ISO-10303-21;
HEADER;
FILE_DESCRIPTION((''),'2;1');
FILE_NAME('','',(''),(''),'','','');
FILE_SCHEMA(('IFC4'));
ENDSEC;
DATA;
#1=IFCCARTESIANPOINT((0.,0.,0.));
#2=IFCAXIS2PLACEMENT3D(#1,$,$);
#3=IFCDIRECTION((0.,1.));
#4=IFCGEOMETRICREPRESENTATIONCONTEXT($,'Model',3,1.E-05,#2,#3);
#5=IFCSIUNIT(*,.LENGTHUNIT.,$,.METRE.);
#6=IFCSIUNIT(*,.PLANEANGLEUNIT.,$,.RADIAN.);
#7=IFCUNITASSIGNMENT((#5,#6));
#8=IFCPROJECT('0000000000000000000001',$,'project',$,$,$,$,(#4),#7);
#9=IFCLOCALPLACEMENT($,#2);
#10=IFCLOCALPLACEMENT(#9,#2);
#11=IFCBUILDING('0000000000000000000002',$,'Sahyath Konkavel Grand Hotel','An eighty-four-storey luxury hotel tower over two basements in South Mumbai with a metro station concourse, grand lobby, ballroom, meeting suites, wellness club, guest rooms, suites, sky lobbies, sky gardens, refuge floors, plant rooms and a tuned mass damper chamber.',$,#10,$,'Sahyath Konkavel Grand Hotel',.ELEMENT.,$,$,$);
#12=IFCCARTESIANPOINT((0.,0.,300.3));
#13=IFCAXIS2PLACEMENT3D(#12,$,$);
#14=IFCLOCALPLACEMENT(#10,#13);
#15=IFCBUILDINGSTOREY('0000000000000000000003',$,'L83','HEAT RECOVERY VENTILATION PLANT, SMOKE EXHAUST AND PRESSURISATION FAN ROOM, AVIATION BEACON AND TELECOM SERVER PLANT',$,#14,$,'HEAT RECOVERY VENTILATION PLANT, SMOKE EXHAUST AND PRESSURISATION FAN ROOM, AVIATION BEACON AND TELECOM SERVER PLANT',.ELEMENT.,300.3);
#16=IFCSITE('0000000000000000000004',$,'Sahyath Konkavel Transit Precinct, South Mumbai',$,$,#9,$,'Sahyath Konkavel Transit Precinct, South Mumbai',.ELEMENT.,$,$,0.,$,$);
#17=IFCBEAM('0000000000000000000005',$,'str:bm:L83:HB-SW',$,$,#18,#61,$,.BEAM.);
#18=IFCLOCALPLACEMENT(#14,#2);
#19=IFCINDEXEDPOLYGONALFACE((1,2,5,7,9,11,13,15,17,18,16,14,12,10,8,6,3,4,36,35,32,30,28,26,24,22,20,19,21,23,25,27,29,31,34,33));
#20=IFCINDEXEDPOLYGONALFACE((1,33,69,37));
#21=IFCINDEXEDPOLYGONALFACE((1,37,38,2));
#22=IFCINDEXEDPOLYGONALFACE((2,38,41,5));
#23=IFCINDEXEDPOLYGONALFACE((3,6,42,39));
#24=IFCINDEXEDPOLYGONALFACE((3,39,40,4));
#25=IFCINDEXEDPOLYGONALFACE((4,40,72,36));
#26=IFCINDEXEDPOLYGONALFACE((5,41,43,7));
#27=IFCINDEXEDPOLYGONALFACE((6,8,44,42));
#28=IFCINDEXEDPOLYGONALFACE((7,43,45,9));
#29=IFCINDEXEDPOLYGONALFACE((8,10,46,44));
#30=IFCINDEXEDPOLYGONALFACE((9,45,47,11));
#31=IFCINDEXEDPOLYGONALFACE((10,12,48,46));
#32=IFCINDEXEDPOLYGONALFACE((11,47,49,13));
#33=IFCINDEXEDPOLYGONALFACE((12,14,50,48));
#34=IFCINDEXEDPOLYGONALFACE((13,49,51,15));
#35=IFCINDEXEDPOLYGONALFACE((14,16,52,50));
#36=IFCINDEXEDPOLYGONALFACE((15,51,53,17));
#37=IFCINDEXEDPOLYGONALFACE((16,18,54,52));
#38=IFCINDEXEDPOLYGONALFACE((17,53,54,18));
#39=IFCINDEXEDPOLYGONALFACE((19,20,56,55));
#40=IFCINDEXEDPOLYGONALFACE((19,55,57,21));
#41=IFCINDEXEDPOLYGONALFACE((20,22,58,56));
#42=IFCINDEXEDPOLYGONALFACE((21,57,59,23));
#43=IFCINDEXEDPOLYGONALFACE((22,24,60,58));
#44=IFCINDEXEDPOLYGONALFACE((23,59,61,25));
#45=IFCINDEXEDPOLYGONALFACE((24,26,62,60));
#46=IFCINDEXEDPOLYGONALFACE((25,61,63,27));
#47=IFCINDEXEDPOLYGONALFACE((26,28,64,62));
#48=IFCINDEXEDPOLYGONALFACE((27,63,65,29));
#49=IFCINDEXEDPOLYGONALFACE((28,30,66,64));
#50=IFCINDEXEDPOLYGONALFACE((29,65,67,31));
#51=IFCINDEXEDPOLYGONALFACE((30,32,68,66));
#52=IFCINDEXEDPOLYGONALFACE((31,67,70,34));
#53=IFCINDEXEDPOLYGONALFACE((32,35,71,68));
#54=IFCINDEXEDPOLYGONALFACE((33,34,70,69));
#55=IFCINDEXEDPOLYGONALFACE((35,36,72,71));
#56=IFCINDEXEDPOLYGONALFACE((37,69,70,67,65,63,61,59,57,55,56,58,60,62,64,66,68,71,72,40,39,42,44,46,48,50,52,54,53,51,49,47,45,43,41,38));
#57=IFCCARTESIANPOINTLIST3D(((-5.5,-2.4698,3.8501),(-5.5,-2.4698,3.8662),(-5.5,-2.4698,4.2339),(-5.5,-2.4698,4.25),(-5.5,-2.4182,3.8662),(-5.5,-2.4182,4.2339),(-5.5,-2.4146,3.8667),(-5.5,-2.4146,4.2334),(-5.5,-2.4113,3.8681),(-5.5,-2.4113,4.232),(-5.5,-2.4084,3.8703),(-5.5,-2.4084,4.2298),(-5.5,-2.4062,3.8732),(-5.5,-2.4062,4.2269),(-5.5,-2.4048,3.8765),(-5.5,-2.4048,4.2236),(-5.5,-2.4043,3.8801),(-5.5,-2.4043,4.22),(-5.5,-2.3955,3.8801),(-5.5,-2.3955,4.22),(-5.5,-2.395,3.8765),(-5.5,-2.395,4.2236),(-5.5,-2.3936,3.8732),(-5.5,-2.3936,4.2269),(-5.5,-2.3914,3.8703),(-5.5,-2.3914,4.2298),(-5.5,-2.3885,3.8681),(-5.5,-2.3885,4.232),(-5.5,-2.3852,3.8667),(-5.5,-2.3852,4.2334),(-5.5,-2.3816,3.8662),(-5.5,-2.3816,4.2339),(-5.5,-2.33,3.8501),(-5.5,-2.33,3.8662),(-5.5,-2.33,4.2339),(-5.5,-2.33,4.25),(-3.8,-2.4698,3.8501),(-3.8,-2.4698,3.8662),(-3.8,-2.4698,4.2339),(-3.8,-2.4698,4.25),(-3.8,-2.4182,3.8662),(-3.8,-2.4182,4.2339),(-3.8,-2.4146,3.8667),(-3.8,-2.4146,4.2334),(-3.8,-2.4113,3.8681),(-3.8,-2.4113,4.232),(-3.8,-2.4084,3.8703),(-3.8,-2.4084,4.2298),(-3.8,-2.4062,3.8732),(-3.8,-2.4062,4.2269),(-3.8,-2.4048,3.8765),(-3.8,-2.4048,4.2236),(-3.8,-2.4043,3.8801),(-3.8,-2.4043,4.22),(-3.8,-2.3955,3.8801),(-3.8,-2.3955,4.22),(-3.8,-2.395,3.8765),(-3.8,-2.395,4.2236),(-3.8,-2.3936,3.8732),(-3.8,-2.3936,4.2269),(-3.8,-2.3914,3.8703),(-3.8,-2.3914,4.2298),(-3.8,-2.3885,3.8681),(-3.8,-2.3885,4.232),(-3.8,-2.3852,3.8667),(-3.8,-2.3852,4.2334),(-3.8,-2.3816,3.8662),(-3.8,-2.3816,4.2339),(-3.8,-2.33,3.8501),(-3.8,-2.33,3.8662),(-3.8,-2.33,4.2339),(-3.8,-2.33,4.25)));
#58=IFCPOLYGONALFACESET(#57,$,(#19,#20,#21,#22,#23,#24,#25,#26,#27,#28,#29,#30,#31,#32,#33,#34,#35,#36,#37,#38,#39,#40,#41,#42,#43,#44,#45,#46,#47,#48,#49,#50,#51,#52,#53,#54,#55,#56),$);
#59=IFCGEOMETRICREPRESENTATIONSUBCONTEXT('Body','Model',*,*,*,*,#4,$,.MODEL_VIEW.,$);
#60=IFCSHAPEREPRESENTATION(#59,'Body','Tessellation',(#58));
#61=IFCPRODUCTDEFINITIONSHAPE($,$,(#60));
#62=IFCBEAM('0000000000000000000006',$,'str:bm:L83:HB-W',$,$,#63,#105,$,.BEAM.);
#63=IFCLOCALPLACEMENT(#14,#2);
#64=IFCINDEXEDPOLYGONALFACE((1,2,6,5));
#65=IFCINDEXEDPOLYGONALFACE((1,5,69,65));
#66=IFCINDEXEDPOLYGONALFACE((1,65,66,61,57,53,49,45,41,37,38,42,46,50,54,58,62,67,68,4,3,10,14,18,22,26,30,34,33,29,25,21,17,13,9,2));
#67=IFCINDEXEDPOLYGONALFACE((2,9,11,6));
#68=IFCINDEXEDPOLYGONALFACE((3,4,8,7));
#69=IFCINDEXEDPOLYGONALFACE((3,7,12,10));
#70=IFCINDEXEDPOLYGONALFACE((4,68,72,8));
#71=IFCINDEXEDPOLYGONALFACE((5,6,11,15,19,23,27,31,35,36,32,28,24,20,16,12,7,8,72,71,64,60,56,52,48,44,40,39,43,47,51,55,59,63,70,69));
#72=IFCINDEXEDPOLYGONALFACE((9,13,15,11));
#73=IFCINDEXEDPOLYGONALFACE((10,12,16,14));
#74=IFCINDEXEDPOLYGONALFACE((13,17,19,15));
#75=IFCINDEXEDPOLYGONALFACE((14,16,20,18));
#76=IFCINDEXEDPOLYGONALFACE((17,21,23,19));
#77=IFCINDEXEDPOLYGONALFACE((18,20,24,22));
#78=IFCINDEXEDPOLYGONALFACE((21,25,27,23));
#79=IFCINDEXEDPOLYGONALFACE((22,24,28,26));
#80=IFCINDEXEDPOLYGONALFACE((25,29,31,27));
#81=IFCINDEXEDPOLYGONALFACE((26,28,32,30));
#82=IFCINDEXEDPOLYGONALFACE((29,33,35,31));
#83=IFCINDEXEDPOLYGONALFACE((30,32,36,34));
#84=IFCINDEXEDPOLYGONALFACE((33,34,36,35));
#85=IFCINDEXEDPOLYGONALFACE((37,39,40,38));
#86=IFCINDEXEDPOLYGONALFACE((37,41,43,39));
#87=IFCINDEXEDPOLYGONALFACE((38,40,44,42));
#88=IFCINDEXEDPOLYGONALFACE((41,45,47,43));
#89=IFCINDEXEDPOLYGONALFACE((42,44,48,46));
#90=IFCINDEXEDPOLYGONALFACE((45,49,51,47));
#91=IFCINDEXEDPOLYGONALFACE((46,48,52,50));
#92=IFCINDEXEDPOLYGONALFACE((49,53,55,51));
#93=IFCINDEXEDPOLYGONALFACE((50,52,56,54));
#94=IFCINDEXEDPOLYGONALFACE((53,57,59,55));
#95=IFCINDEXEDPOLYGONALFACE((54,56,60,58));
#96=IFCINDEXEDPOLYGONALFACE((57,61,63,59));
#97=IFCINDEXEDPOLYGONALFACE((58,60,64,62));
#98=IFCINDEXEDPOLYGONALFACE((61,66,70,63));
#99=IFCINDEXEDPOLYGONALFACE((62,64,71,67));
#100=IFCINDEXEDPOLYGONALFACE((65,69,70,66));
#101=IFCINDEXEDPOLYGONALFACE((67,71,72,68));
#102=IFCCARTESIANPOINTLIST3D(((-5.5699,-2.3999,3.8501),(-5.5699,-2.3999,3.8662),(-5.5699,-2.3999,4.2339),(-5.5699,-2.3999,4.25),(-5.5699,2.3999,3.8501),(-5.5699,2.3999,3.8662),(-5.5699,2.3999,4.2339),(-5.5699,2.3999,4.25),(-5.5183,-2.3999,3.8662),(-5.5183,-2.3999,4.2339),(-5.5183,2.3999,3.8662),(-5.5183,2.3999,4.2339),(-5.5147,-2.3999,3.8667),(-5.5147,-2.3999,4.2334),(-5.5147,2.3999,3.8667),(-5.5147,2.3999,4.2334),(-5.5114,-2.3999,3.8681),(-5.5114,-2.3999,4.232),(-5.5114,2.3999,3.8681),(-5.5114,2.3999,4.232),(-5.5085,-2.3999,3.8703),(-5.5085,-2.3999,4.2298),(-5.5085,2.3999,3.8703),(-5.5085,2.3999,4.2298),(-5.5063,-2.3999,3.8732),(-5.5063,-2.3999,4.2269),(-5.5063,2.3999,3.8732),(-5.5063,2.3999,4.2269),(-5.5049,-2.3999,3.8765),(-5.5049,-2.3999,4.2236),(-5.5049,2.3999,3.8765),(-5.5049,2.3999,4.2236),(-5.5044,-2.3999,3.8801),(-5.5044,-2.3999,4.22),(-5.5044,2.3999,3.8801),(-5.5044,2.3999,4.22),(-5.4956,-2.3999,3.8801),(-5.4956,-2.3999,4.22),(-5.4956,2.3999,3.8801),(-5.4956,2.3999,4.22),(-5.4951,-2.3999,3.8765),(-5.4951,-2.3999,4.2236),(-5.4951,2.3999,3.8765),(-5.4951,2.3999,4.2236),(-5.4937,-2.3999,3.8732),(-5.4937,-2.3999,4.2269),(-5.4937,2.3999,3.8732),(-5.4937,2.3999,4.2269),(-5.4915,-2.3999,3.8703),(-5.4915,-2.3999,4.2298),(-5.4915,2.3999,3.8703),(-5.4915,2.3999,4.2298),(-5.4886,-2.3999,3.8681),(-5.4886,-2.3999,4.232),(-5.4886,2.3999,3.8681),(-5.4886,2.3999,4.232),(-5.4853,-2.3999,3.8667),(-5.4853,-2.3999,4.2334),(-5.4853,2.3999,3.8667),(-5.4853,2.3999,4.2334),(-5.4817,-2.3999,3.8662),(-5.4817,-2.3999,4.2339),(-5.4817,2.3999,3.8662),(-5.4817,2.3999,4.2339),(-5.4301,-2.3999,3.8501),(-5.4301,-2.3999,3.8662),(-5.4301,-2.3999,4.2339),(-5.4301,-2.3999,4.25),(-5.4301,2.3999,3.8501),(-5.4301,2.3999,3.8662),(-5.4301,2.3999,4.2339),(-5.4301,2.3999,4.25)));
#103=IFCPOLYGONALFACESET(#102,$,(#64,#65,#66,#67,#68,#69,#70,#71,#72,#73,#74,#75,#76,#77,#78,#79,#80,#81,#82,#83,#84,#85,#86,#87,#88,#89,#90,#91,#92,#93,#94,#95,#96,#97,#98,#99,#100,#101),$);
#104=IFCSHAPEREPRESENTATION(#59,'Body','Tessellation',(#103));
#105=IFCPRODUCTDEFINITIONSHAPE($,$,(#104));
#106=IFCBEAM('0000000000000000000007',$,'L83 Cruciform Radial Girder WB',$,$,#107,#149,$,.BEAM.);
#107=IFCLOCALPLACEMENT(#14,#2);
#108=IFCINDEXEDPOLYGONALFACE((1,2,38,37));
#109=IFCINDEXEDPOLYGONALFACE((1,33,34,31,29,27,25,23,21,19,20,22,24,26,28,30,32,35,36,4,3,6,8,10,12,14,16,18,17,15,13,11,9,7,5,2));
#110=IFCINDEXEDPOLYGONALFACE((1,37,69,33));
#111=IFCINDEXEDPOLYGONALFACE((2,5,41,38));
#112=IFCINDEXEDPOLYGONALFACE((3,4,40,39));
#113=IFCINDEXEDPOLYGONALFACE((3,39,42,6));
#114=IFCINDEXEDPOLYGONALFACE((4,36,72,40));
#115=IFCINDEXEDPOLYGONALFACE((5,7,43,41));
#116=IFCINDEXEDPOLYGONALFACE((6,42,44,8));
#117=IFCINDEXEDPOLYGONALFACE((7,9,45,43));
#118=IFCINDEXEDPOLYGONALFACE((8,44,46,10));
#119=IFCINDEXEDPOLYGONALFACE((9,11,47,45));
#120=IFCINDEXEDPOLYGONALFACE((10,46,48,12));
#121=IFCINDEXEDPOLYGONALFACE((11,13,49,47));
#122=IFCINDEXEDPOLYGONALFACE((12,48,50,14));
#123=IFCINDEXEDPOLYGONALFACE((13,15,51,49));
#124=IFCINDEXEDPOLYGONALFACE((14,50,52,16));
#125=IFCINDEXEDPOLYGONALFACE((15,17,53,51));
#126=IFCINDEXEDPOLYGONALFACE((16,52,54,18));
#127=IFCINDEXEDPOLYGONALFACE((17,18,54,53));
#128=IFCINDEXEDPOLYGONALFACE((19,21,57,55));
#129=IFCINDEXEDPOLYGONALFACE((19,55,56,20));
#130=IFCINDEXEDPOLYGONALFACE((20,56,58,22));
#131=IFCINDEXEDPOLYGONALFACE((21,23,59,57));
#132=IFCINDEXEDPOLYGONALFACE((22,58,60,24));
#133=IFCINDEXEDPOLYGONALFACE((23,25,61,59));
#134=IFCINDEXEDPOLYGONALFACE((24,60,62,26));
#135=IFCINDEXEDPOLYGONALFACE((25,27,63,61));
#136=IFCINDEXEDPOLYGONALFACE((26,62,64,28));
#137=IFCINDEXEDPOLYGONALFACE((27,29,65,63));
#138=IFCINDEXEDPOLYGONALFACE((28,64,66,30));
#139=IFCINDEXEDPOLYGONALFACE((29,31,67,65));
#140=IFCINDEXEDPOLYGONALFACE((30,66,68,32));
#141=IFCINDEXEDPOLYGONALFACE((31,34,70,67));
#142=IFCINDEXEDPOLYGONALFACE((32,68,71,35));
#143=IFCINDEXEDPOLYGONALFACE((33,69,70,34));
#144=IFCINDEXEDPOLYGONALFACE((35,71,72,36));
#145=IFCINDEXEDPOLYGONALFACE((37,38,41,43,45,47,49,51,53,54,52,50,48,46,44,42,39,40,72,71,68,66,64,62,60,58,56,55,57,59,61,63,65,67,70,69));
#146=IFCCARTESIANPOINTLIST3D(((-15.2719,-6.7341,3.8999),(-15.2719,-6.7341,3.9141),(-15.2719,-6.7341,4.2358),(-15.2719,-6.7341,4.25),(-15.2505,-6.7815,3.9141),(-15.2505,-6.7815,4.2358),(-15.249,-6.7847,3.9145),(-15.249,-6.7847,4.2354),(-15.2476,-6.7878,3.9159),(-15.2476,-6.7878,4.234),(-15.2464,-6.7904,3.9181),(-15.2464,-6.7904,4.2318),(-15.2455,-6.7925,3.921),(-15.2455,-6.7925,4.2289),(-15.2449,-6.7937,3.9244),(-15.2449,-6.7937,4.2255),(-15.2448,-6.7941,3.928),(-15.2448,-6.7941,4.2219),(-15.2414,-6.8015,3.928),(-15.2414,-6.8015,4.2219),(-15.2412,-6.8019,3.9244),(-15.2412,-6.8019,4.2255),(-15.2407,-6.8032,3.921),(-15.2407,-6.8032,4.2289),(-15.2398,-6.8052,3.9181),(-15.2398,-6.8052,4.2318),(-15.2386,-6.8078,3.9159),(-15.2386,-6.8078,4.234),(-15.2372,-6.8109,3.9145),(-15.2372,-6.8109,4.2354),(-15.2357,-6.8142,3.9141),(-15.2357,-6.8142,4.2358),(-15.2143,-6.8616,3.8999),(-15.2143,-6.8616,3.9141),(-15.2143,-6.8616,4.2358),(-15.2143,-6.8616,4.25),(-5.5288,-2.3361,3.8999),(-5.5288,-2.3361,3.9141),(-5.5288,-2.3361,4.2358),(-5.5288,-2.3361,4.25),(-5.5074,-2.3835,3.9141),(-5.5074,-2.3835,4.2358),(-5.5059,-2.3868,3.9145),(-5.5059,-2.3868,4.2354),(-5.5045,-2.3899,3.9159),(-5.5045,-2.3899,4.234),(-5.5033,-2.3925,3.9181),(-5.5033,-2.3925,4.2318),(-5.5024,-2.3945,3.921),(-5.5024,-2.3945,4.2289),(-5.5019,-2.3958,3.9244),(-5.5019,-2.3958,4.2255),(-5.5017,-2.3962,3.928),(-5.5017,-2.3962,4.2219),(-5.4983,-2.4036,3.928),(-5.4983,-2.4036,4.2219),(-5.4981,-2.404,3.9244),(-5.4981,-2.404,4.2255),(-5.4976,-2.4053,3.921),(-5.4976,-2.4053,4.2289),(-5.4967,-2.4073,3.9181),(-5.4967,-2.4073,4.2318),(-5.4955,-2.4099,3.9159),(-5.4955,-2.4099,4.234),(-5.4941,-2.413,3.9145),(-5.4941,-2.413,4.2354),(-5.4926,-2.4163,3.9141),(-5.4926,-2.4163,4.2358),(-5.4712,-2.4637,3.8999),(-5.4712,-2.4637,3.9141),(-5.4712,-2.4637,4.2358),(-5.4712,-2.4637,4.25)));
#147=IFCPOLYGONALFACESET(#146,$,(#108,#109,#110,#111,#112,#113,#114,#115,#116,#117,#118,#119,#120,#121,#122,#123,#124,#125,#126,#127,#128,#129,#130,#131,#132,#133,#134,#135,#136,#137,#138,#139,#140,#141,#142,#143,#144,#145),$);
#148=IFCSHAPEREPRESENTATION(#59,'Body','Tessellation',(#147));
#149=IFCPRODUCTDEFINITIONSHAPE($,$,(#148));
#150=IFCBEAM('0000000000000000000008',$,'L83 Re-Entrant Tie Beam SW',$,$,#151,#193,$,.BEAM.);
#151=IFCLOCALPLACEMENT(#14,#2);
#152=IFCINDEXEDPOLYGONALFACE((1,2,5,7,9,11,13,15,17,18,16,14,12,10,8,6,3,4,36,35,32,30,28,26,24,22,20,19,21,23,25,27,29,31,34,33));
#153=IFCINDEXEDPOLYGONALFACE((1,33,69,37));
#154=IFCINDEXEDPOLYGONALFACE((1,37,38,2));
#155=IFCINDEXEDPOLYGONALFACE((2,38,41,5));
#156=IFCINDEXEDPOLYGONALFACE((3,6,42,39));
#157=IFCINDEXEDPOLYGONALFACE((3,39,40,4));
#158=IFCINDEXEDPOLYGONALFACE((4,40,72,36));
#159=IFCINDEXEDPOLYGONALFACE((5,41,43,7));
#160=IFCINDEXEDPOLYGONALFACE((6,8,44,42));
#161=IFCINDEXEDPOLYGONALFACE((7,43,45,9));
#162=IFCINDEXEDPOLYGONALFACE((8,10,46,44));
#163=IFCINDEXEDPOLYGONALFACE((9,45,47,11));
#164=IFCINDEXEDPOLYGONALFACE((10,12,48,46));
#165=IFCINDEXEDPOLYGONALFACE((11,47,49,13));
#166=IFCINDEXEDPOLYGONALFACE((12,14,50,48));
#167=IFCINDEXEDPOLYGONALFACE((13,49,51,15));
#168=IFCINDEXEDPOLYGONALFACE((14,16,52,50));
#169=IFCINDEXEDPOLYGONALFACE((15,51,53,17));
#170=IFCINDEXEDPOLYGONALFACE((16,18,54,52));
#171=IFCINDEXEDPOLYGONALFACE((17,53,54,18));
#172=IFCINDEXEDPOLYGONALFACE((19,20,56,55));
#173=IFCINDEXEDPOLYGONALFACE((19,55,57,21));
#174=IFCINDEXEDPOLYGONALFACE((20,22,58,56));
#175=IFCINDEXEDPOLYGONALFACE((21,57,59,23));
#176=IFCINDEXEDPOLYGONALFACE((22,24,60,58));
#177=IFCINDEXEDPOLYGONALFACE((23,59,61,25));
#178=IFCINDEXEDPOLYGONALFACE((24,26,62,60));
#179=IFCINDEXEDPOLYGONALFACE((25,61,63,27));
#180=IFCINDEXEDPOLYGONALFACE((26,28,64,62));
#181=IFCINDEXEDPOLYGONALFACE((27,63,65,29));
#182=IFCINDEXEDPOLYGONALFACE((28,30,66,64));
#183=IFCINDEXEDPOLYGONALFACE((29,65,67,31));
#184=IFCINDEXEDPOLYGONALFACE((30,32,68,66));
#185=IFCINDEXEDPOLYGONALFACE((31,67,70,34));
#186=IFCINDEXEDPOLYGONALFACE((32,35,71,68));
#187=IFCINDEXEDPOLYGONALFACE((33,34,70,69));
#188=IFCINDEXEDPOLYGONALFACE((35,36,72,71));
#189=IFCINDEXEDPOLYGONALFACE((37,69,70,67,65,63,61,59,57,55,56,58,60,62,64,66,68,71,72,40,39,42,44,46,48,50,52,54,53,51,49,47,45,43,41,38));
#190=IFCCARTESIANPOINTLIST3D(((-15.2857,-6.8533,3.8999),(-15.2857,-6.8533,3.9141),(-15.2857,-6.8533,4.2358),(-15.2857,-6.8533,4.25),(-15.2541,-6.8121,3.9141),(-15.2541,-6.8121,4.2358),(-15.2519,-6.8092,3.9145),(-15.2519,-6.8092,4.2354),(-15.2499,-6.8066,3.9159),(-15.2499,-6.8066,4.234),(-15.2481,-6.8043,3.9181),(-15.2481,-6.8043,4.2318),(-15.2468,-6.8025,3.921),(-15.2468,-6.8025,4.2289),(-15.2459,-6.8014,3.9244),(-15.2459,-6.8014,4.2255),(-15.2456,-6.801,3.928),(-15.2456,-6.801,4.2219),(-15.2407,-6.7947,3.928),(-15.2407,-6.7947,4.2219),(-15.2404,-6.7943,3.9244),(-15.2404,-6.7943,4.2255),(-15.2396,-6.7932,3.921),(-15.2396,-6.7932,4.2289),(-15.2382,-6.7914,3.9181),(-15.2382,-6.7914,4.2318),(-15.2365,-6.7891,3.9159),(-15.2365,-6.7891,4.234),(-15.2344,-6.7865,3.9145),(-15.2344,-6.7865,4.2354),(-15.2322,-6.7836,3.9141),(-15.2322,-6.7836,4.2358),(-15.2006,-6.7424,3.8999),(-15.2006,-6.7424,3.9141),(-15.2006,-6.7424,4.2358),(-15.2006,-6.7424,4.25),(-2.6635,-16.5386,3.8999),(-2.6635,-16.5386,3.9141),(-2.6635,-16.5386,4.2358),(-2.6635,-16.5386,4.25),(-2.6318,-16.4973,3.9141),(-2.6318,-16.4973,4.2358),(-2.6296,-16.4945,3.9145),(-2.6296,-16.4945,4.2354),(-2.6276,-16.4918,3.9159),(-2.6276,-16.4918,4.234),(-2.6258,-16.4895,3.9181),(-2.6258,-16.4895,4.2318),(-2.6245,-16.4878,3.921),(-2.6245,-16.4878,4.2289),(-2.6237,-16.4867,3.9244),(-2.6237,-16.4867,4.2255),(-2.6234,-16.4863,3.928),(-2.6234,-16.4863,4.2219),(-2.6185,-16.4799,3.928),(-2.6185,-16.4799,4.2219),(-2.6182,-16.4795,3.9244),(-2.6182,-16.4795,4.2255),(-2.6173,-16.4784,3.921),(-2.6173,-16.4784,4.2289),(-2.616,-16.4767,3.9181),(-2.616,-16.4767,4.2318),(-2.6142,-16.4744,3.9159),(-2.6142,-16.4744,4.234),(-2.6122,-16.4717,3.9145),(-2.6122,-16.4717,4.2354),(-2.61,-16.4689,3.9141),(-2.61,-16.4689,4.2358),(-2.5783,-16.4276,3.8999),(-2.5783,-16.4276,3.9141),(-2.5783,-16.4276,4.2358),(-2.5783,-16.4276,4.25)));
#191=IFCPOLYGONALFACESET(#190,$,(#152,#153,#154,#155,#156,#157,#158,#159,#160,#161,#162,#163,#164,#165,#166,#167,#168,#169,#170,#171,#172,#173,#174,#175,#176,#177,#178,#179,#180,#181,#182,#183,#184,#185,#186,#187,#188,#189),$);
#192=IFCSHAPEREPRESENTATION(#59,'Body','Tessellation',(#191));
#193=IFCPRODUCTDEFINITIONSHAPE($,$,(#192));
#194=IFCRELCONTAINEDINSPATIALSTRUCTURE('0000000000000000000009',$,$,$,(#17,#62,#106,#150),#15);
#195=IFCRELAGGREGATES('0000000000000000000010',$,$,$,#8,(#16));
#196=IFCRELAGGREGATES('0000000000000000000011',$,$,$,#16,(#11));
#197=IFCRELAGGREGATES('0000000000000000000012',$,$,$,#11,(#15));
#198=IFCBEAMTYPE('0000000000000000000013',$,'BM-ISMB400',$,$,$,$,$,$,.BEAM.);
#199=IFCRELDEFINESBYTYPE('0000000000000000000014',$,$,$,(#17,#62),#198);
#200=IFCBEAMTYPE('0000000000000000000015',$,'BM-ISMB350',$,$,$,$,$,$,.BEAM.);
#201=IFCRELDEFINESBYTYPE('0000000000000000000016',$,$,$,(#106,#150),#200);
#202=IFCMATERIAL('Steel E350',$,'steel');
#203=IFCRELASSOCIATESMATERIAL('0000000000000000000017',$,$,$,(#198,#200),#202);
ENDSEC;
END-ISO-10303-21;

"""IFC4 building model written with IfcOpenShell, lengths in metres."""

from ifc_helpers import new_model, si_unit, direction, frame, origin, origin_2d, place, context, subcontext, project, spatial, i_section, extrude, source, transform, mapped, material, material_profile, profile_set, type_object, element, save


model = new_model("IFC4")

# Units and contexts
model_context = context("Model", 3, precision=1e-05, world=origin(), true_north=direction((0.0, 1.0)))
body_context = subcontext(model_context, "Body", "Model", "MODEL_VIEW")
ifc_project = project(units=[si_unit("LENGTHUNIT", "METRE"), si_unit("PLANEANGLEUNIT", "RADIAN")], contexts=[model_context])

# Site, building, storey
site_placement = place(None, origin())
site = spatial("IfcSite", under=ifc_project, at=site_placement, Name="Sahyath Konkavel Transit Precinct, South Mumbai", LongName="Sahyath Konkavel Transit Precinct, South Mumbai", CompositionType="ELEMENT", RefElevation=0.0)
building_placement = place(site_placement, origin())
building = spatial("IfcBuilding", under=site, at=building_placement, Name="Sahyath Konkavel Grand Hotel", Description="An eighty-four-storey luxury hotel tower over two basements in South Mumbai with a metro station concourse, grand lobby, ballroom, meeting suites, wellness club, guest rooms, suites, sky lobbies, sky gardens, refuge floors, plant rooms and a tuned mass damper chamber.", LongName="Sahyath Konkavel Grand Hotel", CompositionType="ELEMENT")
storey_placement = place(building_placement, frame((0.0, 0.0, 300.3)))
storey = spatial("IfcBuildingStorey", under=building, at=storey_placement, Name="L83", Description="HEAT RECOVERY VENTILATION PLANT, SMOKE EXHAUST AND PRESSURISATION FAN ROOM, AVIATION BEACON AND TELECOM SERVER PLANT", LongName="HEAT RECOVERY VENTILATION PLANT, SMOKE EXHAUST AND PRESSURISATION FAN ROOM, AVIATION BEACON AND TELECOM SERVER PLANT", CompositionType="ELEMENT", Elevation=300.3)

# Shared definitions
ifc_material_1 = material(Name="Steel E350", Category="steel")

# Beams
ifc_material_profile_1 = material_profile(ifc_material_1, i_section(OverallWidth=0.1399, OverallDepth=0.3999, WebThickness=0.0088, FlangeThickness=0.0161, FilletRadius=0.0139, at=origin_2d()), Name="ISMB 400")
ifc_profile_set_1 = profile_set([ifc_material_profile_1], Name="Steel E350")
beam_type_1 = type_object("IfcBeamType", Name="BM-ISMB400", PredefinedType="BEAM", material=ifc_profile_set_1)
shared_shape_1 = source(origin(), body_context, "Body", "SweptSolid", [
    extrude(i_section(OverallWidth=0.1399, OverallDepth=0.3999, WebThickness=0.0088, FlangeThickness=0.0161, FilletRadius=0.0139, at=origin_2d()), origin(), (0.0, 0.0, 1.0), 1.7),
])
beam_1_placement = place(storey_placement, frame((-5.5, -2.3999, 4.05), z_axis=(1.0, 0.0, 0.0), x_axis=(0.0, 1.0, 0.0)))
element("IfcBeam", 1, at=beam_1_placement, inside=storey, type_object=beam_type_1, Name="str:bm:L83:HB-SW", PredefinedType="BEAM", context=body_context, shape_type="MappedRepresentation", body=[
    mapped(shared_shape_1, transform((0.0, 0.0, 0.0), scale=1.0)),
])
shared_shape_2 = source(origin(), body_context, "Body", "SweptSolid", [
    extrude(i_section(OverallWidth=0.1399, OverallDepth=0.3999, WebThickness=0.0088, FlangeThickness=0.0161, FilletRadius=0.0139, at=origin_2d()), origin(), (0.0, 0.0, 1.0), 4.7998),
])
beam_2_placement = place(storey_placement, frame((-5.5, -2.3999, 4.05), z_axis=(0.0, 1.0, 0.0), x_axis=(-1.0, 0.0, 0.0)))
element("IfcBeam", 2, at=beam_2_placement, inside=storey, type_object=beam_type_1, Name="str:bm:L83:HB-W", PredefinedType="BEAM", context=body_context, shape_type="MappedRepresentation", body=[
    mapped(shared_shape_2, transform((0.0, 0.0, 0.0), scale=1.0)),
])
ifc_material_profile_2 = material_profile(ifc_material_1, i_section(OverallWidth=0.1399, OverallDepth=0.3501, WebThickness=0.0081, FlangeThickness=0.0142, FilletRadius=0.0139, at=origin_2d()), Name="ISMB 350")
ifc_profile_set_2 = profile_set([ifc_material_profile_2], Name="Steel E350")
beam_type_2 = type_object("IfcBeamType", Name="BM-ISMB350", PredefinedType="BEAM", material=ifc_profile_set_2)
shared_shape_3 = source(origin(), body_context, "Body", "SweptSolid", [
    extrude(i_section(OverallWidth=0.1399, OverallDepth=0.3501, WebThickness=0.0081, FlangeThickness=0.0142, FilletRadius=0.0139, at=origin_2d()), origin(), (0.0, 0.0, 1.0), 10.6897),
])
beam_3_placement = place(storey_placement, frame((-5.5, -2.3999, 4.075), z_axis=(-0.911447, -0.411417, 0.0), x_axis=(0.411417, -0.911447, 0.0)))
element("IfcBeam", 3, at=beam_3_placement, inside=storey, type_object=beam_type_2, Name="L83 Cruciform Radial Girder WB", PredefinedType="BEAM", context=body_context, shape_type="MappedRepresentation", body=[
    mapped(shared_shape_3, transform((0.0, 0.0, 0.0), scale=1.0)),
])
shared_shape_4 = source(origin(), body_context, "Body", "SweptSolid", [
    extrude(i_section(OverallWidth=0.1399, OverallDepth=0.3501, WebThickness=0.0081, FlangeThickness=0.0142, FilletRadius=0.0139, at=origin_2d()), origin(), (0.0, 0.0, 1.0), 15.9099),
])
beam_4_placement = place(storey_placement, frame((-15.2432, -6.7979, 4.075), z_axis=(0.793358, -0.608756, 0.0), x_axis=(0.608756, 0.793358, 0.0)))
element("IfcBeam", 4, at=beam_4_placement, inside=storey, type_object=beam_type_2, Name="L83 Re-Entrant Tie Beam SW", PredefinedType="BEAM", context=body_context, shape_type="MappedRepresentation", body=[
    mapped(shared_shape_4, transform((0.0, 0.0, 0.0), scale=1.0)),
])

save(model, "model.ifc")
